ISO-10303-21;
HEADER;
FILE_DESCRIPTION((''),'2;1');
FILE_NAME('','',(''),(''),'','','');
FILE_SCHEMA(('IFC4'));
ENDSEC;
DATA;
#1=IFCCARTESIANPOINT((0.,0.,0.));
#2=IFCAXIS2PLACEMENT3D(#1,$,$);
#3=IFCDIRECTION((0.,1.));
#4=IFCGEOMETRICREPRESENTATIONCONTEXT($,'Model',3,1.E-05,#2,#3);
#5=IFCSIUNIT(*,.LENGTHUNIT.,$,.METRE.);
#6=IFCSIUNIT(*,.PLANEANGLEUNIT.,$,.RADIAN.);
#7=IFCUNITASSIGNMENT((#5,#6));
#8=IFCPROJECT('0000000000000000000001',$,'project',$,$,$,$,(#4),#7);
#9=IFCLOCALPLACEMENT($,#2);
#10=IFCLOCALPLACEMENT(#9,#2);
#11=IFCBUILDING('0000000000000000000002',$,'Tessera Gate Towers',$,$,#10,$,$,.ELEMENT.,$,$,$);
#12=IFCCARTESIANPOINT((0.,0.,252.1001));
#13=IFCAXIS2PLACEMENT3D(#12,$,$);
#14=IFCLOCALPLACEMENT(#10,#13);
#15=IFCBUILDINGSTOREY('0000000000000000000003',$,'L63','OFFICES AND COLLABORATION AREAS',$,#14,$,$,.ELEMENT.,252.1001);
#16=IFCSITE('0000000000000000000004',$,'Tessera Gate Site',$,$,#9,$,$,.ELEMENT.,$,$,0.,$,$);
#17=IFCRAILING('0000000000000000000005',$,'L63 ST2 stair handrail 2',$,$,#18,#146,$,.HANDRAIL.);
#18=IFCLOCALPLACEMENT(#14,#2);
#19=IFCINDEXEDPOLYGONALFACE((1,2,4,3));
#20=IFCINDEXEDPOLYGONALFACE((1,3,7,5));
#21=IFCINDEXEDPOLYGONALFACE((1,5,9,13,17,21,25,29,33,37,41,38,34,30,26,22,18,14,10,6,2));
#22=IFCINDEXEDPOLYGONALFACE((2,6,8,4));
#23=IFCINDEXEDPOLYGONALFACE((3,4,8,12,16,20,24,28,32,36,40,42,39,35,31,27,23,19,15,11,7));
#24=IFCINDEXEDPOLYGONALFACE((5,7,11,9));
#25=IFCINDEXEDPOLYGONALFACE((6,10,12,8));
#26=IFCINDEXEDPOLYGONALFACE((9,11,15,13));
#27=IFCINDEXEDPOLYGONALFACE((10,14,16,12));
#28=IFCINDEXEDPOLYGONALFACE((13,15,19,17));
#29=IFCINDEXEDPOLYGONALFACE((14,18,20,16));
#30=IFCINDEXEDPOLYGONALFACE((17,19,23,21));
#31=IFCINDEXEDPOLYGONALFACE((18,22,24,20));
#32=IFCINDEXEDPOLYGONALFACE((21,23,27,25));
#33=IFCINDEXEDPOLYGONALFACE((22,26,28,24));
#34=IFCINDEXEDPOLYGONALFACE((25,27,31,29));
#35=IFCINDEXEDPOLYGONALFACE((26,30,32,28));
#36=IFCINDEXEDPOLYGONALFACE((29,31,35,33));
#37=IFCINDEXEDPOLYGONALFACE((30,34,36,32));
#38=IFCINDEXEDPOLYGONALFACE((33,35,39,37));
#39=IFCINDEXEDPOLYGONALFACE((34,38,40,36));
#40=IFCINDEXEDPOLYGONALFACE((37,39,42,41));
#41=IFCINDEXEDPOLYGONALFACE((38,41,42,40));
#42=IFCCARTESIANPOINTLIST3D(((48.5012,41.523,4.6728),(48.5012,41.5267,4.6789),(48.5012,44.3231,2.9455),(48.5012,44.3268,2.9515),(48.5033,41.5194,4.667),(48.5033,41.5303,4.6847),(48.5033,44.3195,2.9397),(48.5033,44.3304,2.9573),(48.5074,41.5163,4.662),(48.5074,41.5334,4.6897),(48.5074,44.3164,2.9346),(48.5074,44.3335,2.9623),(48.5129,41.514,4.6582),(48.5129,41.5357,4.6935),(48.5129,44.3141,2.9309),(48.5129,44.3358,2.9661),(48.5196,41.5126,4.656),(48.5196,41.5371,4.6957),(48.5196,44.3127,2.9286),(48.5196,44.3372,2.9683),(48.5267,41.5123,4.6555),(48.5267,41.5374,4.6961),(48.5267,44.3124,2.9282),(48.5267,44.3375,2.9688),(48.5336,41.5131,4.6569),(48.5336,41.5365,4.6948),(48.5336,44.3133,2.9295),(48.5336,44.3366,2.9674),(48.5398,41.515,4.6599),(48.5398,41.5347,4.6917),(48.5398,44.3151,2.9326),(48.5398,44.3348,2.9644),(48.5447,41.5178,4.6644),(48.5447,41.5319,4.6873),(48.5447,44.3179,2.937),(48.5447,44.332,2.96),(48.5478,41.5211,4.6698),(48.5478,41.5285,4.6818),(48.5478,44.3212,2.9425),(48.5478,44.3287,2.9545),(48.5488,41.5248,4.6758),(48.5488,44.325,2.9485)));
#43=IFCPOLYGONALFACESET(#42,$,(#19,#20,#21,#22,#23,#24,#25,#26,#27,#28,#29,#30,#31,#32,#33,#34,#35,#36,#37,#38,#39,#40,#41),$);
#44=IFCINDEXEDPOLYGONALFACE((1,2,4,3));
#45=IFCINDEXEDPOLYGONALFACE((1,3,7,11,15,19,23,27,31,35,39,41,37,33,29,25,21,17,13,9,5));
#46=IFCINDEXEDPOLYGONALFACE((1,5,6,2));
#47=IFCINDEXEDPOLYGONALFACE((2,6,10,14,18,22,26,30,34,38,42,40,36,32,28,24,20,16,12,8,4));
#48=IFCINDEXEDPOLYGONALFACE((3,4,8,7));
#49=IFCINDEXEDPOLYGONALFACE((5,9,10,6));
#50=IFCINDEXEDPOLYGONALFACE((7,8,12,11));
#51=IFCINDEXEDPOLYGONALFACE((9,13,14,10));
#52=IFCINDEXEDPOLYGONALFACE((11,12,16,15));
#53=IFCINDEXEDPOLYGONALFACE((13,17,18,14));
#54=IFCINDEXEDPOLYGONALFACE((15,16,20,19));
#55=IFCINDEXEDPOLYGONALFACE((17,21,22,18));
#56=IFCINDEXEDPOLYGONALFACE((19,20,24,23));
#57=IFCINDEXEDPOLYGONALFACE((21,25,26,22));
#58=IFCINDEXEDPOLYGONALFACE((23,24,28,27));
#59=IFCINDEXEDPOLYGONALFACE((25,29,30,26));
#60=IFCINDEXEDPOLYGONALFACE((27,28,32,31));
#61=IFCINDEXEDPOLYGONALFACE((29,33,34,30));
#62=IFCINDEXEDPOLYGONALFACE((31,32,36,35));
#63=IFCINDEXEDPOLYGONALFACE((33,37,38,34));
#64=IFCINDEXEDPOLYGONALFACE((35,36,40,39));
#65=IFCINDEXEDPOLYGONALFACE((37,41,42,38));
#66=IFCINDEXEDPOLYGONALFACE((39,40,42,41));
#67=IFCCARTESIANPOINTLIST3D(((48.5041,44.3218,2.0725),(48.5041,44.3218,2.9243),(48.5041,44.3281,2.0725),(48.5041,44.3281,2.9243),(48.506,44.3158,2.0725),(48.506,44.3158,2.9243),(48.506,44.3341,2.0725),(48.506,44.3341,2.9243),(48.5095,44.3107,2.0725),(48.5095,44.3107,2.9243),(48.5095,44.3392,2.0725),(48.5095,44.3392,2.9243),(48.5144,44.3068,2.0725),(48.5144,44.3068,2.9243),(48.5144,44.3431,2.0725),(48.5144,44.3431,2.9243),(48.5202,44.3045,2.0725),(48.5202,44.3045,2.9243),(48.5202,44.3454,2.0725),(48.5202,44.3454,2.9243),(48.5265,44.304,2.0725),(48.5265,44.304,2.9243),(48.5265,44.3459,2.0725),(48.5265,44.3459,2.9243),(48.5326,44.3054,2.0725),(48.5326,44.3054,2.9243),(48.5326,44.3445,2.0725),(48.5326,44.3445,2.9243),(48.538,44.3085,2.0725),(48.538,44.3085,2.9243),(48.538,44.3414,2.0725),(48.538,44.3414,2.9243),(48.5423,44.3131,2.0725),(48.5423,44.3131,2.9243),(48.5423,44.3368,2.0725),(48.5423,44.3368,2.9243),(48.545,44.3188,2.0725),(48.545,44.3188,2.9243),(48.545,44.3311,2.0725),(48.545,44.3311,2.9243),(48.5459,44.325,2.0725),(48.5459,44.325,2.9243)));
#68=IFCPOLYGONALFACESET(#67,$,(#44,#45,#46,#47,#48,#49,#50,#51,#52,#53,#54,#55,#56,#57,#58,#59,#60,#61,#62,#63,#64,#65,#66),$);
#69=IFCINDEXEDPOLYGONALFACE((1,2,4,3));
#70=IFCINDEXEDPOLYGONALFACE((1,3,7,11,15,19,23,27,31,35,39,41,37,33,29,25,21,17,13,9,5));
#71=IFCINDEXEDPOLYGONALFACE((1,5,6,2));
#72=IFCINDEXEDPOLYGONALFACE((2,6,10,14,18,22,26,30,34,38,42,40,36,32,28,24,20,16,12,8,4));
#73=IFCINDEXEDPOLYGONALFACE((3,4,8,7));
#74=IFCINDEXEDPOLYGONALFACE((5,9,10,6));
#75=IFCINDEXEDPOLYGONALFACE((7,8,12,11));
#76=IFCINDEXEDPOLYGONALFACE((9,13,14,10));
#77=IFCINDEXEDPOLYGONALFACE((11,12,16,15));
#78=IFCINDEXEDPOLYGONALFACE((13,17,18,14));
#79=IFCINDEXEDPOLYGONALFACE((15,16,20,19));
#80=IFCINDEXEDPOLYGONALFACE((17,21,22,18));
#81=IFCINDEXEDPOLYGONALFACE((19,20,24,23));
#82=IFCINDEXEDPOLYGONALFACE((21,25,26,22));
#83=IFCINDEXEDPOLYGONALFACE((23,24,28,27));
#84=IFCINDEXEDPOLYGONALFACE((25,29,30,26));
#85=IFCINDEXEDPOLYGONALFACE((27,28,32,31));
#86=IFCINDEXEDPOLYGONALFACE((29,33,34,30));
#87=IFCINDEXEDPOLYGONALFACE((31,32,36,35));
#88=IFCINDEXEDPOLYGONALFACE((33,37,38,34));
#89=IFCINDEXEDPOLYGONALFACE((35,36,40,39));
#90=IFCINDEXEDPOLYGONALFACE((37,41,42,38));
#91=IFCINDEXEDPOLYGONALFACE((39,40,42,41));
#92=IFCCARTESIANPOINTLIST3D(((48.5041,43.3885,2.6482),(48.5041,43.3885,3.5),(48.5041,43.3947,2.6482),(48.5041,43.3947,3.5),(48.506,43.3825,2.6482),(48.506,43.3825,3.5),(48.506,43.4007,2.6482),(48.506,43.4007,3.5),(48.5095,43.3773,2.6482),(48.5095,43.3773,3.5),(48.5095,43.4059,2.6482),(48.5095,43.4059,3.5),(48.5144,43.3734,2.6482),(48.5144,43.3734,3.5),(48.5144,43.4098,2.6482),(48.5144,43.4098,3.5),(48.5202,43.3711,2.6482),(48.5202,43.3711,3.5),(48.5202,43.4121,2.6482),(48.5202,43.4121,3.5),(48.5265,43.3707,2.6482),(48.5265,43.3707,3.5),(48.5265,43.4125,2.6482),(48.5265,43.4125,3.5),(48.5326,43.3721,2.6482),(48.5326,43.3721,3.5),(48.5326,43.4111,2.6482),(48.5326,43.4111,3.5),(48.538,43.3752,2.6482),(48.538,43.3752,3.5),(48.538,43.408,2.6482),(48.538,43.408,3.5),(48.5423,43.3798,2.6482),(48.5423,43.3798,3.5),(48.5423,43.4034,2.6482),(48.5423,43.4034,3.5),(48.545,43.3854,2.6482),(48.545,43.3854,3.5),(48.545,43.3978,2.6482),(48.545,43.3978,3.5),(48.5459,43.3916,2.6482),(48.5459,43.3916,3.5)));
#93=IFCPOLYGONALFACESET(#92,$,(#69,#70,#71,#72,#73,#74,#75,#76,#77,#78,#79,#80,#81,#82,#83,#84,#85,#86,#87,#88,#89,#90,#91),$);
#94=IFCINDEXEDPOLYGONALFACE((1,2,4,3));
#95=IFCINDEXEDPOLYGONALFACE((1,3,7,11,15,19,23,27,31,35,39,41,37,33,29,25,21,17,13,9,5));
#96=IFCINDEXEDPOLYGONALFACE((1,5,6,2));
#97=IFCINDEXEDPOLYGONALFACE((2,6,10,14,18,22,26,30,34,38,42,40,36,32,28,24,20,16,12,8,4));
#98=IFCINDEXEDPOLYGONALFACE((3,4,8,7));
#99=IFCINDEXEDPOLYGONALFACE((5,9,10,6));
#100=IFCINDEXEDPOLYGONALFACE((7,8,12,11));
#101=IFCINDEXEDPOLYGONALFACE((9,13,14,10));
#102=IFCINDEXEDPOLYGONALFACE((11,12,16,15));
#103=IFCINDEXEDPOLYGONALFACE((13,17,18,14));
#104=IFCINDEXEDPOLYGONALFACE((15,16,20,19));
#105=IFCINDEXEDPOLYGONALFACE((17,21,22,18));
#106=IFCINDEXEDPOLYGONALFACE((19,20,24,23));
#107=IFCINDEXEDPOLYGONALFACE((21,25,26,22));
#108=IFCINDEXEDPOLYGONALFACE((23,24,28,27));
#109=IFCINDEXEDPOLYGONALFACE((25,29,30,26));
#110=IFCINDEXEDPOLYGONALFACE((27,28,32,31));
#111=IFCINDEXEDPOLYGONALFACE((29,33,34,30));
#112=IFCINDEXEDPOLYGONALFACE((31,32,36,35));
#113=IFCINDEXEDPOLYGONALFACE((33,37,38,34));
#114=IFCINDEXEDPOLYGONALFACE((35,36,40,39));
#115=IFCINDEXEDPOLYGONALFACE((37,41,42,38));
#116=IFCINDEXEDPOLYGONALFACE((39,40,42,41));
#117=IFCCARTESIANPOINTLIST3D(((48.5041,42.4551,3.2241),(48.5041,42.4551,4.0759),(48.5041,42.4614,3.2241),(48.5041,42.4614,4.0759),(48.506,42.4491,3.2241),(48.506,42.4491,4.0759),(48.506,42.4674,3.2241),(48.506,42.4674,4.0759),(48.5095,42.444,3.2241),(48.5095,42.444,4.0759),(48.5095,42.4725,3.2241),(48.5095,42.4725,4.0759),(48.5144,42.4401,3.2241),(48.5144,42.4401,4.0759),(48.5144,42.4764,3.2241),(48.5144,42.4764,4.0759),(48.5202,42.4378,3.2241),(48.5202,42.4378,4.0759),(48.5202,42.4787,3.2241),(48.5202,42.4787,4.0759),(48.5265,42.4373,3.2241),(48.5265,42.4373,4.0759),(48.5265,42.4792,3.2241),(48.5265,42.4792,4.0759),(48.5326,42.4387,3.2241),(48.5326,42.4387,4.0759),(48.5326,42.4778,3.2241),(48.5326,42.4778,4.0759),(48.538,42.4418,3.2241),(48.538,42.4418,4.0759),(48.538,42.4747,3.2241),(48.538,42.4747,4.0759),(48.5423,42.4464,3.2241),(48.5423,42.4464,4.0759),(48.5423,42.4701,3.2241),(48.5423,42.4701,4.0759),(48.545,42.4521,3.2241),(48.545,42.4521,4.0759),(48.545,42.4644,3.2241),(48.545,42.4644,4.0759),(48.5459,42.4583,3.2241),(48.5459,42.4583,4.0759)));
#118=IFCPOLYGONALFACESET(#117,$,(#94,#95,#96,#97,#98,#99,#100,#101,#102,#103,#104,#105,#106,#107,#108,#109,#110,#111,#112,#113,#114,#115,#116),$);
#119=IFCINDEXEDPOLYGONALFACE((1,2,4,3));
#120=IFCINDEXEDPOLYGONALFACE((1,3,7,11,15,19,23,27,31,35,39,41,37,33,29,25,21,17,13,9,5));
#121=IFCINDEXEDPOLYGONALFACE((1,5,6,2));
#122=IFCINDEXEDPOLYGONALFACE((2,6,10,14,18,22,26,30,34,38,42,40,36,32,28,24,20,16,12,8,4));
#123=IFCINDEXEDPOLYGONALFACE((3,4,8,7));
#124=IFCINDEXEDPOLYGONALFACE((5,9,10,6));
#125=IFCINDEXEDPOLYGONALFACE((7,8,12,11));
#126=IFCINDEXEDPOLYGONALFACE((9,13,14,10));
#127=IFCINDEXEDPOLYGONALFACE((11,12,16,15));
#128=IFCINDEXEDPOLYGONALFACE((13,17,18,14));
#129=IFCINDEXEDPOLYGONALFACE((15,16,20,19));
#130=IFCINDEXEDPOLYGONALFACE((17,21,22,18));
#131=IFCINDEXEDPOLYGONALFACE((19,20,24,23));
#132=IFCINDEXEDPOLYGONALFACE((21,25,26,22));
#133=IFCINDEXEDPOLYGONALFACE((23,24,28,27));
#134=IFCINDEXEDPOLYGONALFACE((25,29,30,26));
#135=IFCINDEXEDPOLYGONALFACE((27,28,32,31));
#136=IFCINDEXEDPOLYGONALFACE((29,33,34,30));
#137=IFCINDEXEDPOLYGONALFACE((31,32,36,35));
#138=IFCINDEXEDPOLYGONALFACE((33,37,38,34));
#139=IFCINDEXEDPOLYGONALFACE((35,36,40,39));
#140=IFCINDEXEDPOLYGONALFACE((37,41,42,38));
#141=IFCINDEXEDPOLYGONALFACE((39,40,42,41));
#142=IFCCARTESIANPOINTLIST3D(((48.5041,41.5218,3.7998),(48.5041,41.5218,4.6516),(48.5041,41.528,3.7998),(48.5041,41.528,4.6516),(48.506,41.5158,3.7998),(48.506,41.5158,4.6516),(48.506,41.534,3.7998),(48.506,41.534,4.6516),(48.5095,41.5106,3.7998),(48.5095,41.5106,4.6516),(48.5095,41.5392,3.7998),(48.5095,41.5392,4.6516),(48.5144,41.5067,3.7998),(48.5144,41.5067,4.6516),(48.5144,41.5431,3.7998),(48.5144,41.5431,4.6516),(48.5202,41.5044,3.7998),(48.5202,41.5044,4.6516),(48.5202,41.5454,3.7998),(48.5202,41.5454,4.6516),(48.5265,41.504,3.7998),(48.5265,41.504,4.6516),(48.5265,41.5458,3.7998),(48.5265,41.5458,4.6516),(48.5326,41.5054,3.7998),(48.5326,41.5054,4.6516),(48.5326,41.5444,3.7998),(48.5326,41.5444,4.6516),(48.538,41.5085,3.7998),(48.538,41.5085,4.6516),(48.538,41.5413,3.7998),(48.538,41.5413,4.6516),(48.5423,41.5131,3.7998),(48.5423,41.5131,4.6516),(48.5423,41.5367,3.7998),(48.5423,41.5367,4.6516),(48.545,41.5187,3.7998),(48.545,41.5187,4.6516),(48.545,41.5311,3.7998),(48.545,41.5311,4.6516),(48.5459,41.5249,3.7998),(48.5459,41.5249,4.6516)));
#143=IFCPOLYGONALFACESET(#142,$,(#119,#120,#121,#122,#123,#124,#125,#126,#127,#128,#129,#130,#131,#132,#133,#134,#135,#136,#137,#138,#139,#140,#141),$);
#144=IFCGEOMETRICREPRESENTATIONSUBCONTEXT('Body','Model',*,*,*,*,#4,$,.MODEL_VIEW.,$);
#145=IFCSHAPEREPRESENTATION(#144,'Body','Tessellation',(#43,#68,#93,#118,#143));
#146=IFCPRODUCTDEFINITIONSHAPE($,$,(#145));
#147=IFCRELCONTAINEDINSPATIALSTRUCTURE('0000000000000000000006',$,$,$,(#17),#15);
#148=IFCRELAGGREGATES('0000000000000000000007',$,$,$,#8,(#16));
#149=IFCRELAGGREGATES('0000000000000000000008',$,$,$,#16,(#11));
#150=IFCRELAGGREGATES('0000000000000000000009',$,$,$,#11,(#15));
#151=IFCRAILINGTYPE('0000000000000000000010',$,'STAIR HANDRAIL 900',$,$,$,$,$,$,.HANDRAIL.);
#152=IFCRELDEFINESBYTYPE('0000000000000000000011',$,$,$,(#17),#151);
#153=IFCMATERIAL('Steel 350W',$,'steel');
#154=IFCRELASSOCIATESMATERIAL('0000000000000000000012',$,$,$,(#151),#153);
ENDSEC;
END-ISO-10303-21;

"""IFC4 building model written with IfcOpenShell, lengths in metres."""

from ifc_helpers import new_model, si_unit, direction, frame, origin, origin_2d, place, context, subcontext, project, spatial, circle, extrude, material, type_object, element, save


model = new_model("IFC4")

# Units and contexts
model_context = context("Model", 3, precision=1e-05, world=origin(), true_north=direction((0.0, 1.0)))
body_context = subcontext(model_context, "Body", "Model", "MODEL_VIEW")
ifc_project = project(units=[si_unit("LENGTHUNIT", "METRE"), si_unit("PLANEANGLEUNIT", "RADIAN")], contexts=[model_context])

# Site, building, storey
site_placement = place(None, origin())
site = spatial("IfcSite", under=ifc_project, at=site_placement, Name="Tessera Gate Site", CompositionType="ELEMENT", RefElevation=0.0)
building_placement = place(site_placement, origin())
building = spatial("IfcBuilding", under=site, at=building_placement, Name="Tessera Gate Towers", CompositionType="ELEMENT")
storey_placement = place(building_placement, frame((0.0, 0.0, 252.1001)))
storey = spatial("IfcBuildingStorey", under=building, at=storey_placement, Name="L63", Description="OFFICES AND COLLABORATION AREAS", CompositionType="ELEMENT", Elevation=252.1001)

# Railing
ifc_material_1 = material(Name="Steel 350W", Category="steel")
railing_type_1 = type_object("IfcRailingType", Name="STAIR HANDRAIL 900", PredefinedType="HANDRAIL", material=ifc_material_1)
railing_1_placement = place(storey_placement, frame((48.5249, 44.325, 2.0725)))
element("IfcRailing", 1, at=railing_1_placement, inside=storey, type_object=railing_type_1, Name="L63 ST2 stair handrail 2", PredefinedType="HANDRAIL", context=body_context, shape_type="SweptSolid", body=[
    extrude(circle(Radius=0.0239, at=origin_2d()), frame((0.0, 0.0, 0.876), z_axis=(0.0, -0.85109, 0.52502), x_axis=(1.0, 0.0, 0.0)), (0.0, 0.0, 1.0), 3.29),
    extrude(circle(Radius=0.021, at=origin_2d()), origin(), (0.0, 0.0, 1.0), 0.8518),
    extrude(circle(Radius=0.021, at=origin_2d()), frame((0.0, -0.9333, 0.5757)), (0.0, 0.0, 1.0), 0.8518),
    extrude(circle(Radius=0.021, at=origin_2d()), frame((0.0, -1.8667, 1.1516)), (0.0, 0.0, 1.0), 0.8518),
    extrude(circle(Radius=0.021, at=origin_2d()), frame((0.0, -2.8, 1.7273)), (0.0, 0.0, 1.0), 0.8518),
])

save(model, "model.ifc")
